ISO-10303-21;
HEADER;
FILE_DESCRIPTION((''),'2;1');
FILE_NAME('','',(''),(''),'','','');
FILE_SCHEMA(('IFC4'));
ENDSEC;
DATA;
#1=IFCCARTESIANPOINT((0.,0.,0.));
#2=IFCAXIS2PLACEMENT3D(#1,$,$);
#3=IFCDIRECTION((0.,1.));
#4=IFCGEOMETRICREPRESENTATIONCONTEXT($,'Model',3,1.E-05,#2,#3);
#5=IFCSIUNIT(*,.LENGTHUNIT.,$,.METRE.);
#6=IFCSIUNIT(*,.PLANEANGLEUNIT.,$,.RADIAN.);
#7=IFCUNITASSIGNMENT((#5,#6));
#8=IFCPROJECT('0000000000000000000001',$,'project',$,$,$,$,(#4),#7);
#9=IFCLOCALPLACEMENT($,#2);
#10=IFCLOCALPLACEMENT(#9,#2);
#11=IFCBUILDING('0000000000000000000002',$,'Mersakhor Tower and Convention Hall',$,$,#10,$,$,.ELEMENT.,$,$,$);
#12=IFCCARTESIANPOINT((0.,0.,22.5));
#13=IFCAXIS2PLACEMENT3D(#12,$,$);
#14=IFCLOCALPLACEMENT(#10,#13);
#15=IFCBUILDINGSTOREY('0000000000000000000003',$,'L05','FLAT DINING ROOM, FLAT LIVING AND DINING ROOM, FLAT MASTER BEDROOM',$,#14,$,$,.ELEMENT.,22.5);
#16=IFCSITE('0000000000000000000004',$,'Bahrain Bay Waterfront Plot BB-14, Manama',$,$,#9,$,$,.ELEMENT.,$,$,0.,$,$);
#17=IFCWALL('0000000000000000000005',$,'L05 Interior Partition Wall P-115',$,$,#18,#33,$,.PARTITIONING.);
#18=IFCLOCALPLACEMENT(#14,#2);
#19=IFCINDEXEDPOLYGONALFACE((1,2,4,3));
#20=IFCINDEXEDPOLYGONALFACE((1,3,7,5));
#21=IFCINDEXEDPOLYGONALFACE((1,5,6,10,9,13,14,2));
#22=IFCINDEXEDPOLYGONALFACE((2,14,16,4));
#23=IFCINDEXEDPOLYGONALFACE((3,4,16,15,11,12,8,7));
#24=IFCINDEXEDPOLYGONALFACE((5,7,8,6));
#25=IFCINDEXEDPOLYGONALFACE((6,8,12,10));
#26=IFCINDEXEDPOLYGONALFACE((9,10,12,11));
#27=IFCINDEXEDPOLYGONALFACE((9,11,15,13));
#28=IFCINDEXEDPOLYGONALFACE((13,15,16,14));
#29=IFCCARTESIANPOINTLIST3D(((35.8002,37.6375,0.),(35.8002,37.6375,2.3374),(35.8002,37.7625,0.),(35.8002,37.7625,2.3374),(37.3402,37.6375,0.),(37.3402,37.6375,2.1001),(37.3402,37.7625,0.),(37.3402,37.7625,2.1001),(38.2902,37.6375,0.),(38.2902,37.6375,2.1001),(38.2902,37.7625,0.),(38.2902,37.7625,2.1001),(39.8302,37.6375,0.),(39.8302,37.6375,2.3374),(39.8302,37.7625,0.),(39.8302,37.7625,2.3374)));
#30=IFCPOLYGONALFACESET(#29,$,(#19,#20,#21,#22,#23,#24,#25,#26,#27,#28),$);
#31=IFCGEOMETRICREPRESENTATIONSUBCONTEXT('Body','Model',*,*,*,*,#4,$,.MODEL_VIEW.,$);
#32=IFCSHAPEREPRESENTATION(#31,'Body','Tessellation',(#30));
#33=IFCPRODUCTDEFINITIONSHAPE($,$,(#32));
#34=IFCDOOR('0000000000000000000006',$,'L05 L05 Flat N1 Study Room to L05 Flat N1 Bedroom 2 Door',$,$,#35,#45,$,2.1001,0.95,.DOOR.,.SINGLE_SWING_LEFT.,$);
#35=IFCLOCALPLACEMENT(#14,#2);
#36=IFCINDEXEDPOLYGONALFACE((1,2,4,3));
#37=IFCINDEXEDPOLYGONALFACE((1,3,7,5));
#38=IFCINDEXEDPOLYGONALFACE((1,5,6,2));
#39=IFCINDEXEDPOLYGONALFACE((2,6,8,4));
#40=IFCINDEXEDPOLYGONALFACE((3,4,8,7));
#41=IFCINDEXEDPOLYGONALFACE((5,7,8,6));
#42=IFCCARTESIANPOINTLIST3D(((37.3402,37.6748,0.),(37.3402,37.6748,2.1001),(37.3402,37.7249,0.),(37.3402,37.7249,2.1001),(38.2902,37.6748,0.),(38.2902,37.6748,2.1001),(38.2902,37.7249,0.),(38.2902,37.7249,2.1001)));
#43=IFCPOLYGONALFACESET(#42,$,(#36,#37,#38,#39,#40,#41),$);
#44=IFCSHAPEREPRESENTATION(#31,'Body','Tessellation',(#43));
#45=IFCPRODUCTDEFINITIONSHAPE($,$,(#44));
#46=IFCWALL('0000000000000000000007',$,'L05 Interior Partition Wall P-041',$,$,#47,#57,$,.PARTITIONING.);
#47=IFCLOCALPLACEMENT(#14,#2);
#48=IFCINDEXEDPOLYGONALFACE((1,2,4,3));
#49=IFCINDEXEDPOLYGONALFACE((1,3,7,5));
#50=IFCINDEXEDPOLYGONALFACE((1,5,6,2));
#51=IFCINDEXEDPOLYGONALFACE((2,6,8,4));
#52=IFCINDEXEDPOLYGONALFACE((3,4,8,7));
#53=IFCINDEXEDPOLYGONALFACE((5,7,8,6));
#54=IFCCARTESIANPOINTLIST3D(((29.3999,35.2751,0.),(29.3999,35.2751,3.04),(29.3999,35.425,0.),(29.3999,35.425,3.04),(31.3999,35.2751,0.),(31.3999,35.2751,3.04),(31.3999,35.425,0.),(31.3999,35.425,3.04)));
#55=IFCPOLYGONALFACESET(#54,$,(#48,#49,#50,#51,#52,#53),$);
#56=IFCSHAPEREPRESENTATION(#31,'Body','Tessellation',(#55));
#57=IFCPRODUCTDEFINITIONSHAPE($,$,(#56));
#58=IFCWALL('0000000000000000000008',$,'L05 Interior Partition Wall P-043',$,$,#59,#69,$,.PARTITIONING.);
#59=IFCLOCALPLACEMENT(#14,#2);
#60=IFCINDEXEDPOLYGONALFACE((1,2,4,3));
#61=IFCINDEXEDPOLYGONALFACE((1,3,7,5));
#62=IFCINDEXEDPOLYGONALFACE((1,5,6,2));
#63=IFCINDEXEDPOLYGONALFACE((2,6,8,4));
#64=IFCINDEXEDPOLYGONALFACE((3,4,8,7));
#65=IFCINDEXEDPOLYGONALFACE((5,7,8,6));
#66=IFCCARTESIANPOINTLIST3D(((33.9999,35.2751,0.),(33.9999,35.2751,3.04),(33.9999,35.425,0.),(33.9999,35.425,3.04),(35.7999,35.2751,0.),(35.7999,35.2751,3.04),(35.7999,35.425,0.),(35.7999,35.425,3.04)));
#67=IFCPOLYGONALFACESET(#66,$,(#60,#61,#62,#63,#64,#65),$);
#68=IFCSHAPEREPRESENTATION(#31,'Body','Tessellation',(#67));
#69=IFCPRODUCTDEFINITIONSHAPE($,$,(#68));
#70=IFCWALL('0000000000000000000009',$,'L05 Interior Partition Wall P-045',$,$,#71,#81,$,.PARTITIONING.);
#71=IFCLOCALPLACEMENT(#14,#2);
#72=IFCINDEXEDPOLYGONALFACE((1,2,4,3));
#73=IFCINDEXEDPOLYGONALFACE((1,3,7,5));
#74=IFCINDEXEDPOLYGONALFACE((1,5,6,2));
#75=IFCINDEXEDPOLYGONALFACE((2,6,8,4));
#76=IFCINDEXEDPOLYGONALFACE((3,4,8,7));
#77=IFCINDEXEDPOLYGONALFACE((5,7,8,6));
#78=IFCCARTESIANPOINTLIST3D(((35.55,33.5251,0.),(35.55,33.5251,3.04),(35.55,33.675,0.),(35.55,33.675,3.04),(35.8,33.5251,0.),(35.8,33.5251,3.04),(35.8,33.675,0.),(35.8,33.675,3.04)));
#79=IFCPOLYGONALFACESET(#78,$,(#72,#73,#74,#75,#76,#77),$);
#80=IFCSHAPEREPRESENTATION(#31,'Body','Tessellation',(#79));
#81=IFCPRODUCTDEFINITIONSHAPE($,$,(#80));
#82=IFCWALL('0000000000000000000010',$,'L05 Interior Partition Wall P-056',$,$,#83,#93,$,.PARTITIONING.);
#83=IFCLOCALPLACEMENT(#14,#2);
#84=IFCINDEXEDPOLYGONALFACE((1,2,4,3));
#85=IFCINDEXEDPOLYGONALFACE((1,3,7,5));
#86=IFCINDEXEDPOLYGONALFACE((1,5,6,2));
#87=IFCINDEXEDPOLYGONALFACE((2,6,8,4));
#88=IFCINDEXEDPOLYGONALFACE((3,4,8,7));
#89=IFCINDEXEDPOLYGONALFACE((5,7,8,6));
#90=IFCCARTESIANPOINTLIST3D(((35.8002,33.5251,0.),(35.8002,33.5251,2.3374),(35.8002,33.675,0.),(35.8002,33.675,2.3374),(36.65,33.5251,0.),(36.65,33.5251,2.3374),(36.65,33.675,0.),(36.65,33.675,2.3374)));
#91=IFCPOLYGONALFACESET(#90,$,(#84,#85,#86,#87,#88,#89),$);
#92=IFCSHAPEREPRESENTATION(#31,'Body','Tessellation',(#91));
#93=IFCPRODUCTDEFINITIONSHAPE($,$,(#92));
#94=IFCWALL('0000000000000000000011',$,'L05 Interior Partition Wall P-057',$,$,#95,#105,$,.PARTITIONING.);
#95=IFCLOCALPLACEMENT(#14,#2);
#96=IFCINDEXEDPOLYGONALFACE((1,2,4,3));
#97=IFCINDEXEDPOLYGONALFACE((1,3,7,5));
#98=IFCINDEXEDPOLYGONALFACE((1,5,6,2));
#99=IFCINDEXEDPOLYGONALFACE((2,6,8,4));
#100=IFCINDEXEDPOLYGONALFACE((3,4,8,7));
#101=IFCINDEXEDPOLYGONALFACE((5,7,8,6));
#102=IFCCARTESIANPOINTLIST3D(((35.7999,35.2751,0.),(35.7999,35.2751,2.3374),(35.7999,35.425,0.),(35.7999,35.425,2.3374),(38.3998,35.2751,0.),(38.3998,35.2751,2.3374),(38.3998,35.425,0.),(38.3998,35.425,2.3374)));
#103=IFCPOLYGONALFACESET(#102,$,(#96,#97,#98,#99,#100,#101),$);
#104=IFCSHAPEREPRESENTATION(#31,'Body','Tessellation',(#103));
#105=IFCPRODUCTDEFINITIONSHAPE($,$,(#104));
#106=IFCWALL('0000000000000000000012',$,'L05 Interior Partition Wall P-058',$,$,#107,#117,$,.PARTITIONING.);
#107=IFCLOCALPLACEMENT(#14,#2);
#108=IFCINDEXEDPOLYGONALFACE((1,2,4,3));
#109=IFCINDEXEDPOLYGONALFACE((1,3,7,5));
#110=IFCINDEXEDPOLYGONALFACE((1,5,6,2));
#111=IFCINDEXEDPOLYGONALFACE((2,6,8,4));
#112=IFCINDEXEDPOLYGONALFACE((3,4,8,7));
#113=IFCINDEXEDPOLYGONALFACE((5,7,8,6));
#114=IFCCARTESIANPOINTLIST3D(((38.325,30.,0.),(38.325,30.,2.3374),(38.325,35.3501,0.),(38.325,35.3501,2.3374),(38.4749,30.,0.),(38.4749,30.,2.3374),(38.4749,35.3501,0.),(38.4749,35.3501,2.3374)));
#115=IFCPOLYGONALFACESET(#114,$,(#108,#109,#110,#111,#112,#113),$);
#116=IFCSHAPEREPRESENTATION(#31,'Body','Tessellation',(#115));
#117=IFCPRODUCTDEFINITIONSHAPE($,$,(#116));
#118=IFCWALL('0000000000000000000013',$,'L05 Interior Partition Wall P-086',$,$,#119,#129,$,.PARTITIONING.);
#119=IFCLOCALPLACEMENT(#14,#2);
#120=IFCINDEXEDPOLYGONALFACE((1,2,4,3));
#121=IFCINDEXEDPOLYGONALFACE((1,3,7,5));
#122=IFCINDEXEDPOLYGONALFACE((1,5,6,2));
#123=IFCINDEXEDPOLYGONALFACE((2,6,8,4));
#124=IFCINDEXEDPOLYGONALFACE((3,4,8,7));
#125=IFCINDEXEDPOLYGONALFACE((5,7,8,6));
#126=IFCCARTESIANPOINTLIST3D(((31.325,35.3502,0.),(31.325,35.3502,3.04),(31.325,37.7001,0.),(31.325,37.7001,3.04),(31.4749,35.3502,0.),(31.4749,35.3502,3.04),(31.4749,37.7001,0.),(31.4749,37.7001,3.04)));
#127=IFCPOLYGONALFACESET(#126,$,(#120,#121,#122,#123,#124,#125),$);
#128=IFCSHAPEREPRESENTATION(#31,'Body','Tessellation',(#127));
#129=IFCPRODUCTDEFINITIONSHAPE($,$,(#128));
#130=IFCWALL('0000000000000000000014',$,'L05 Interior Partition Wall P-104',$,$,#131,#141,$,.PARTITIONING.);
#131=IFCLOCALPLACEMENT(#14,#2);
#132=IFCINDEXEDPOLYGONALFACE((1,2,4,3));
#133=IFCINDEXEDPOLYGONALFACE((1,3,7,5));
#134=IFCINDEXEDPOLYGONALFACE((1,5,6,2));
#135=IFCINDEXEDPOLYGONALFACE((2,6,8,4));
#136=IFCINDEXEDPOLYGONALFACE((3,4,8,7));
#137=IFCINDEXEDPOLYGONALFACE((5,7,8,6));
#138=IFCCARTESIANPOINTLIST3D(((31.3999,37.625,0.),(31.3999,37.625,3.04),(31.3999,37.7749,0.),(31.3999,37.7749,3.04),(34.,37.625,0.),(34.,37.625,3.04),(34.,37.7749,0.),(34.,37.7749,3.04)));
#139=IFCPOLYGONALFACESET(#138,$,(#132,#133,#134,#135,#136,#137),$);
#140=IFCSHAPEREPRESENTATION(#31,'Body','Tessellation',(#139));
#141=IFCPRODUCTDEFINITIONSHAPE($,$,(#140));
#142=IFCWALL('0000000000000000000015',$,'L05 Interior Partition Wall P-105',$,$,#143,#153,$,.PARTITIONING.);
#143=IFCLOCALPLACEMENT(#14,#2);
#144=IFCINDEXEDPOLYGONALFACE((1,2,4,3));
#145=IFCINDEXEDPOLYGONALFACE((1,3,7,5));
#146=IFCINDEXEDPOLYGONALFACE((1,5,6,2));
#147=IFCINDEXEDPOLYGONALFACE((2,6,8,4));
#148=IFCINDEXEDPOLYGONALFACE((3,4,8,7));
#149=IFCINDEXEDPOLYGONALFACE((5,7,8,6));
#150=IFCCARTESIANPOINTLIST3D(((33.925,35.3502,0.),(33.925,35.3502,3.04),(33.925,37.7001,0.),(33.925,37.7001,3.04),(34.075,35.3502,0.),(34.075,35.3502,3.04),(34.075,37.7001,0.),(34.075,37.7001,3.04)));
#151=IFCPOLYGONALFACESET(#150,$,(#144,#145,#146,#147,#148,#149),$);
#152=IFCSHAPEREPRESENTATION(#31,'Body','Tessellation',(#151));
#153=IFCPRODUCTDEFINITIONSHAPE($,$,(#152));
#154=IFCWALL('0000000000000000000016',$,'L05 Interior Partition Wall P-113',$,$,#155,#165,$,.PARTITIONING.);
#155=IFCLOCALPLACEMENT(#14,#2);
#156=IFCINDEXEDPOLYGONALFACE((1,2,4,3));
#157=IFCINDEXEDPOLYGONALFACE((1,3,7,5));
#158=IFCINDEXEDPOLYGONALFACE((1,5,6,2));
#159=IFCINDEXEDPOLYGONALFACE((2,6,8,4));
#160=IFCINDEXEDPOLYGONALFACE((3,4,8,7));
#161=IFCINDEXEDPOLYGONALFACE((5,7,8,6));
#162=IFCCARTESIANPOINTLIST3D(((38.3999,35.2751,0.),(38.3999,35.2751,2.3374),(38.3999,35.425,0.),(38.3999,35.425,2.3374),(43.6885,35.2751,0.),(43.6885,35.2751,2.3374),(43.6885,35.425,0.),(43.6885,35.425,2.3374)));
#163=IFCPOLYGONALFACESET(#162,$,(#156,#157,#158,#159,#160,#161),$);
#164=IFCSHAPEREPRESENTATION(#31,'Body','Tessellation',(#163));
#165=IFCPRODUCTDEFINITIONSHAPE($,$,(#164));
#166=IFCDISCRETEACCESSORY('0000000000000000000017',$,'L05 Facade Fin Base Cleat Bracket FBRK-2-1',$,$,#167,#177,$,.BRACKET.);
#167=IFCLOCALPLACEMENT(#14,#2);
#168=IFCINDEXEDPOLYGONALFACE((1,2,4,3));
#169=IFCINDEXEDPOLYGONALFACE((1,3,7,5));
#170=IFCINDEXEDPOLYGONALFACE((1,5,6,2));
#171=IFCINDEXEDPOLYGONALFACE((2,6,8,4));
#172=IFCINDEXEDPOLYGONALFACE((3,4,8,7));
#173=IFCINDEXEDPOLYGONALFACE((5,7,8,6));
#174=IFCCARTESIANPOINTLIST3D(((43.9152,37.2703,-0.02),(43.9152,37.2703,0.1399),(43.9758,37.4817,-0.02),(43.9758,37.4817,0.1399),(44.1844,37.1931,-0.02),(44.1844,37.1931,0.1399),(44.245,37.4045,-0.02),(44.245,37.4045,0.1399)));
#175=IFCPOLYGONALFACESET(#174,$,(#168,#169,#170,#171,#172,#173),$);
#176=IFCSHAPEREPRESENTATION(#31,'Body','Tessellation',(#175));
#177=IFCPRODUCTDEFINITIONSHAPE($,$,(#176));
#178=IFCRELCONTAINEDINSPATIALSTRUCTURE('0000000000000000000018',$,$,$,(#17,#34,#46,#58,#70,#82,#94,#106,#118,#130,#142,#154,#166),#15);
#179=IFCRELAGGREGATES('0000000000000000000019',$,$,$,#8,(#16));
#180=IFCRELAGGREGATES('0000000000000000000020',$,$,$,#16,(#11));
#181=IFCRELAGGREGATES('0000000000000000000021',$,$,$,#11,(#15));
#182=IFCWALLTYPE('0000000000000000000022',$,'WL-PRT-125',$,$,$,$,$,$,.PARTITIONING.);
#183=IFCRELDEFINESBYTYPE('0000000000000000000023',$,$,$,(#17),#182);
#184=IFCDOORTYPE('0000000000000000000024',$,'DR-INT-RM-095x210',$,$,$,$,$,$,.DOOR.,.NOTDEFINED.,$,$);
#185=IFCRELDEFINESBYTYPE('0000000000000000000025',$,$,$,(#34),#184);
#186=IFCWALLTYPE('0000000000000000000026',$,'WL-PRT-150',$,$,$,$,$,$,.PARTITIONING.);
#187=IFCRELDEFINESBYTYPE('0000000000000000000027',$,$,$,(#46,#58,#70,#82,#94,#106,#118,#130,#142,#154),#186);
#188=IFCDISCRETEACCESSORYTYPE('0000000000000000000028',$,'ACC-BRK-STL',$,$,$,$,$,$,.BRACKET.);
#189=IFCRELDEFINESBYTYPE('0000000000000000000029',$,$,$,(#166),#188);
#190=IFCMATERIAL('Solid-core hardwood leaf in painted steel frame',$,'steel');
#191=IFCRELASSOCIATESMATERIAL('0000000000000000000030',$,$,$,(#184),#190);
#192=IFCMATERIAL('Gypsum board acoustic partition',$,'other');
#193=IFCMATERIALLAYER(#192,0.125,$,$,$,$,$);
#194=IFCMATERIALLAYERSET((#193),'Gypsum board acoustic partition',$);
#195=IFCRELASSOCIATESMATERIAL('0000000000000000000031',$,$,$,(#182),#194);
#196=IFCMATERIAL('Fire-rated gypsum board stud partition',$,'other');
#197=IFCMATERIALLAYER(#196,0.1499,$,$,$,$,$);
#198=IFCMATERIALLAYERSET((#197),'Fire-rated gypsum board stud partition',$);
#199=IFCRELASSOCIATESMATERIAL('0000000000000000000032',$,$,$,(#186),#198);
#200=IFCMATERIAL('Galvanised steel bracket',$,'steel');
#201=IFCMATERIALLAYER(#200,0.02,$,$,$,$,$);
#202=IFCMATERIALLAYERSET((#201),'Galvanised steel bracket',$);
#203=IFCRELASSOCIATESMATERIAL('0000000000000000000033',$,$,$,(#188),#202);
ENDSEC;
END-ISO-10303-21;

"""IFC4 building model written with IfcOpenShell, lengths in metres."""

from ifc_helpers import new_model, si_unit, direction, frame, frame_2d, origin, origin_2d, place, context, subcontext, project, spatial, rectangle, extrude, material, layer, layer_set, type_object, element, fill, save


model = new_model("IFC4")

# Units and contexts
model_context = context("Model", 3, precision=1e-05, world=origin(), true_north=direction((0.0, 1.0)))
body_context = subcontext(model_context, "Body", "Model", "MODEL_VIEW")
ifc_project = project(units=[si_unit("LENGTHUNIT", "METRE"), si_unit("PLANEANGLEUNIT", "RADIAN")], contexts=[model_context])

# Site, building, storey
site_placement = place(None, origin())
site = spatial("IfcSite", under=ifc_project, at=site_placement, Name="Bahrain Bay Waterfront Plot BB-14, Manama", CompositionType="ELEMENT", RefElevation=0.0)
building_placement = place(site_placement, origin())
building = spatial("IfcBuilding", under=site, at=building_placement, Name="Mersakhor Tower and Convention Hall", CompositionType="ELEMENT")
storey_placement = place(building_placement, frame((0.0, 0.0, 22.5)))
storey = spatial("IfcBuildingStorey", under=building, at=storey_placement, Name="L05", Description="FLAT DINING ROOM, FLAT LIVING AND DINING ROOM, FLAT MASTER BEDROOM", CompositionType="ELEMENT", Elevation=22.5)

# Shared definitions
ifc_material_1 = material(Name="Solid-core hardwood leaf in painted steel frame", Category="steel")
door_type_1 = type_object("IfcDoorType", Name="DR-INT-RM-095x210", OperationType="NOTDEFINED", PredefinedType="DOOR", material=ifc_material_1)

# Wall, opening, door
ifc_material_2 = material(Name="Gypsum board acoustic partition", Category="other")
ifc_layer_1 = layer(ifc_material_2, 0.125)
ifc_layer_set_1 = layer_set([ifc_layer_1], Name="Gypsum board acoustic partition")
wall_type_1 = type_object("IfcWallType", Name="WL-PRT-125", PredefinedType="PARTITIONING", material=ifc_layer_set_1)
wall_1_placement = place(storey_placement, frame((35.8, 37.7, 0.0), z_axis=(0.0, 0.0, 1.0), x_axis=(1.0, 0.0, 0.0)))
wall_1 = element("IfcWall", 1, at=wall_1_placement, inside=storey, type_object=wall_type_1, Name="L05 Interior Partition Wall P-115", PredefinedType="PARTITIONING", context=body_context, shape_type="SweptSolid", body=[
    extrude(rectangle(XDim=4.03, YDim=0.125, at=frame_2d((2.0151, 0.0))), origin(), (0.0, 0.0, 1.0), 2.3374),
])
opening_1_placement = place(wall_1_placement, frame((1.54, 0.0, 0.0)))
opening_1 = element("IfcOpeningElement", 2, at=opening_1_placement, cuts=wall_1, PredefinedType="OPENING", context=body_context, shape_type="SweptSolid", body=[
    extrude(rectangle(XDim=0.95, YDim=2.1001, at=frame_2d((0.4751, 1.05))), frame((0.0, 0.0725, 0.0), z_axis=(0.0, -1.0, 0.0), x_axis=(1.0, 0.0, 0.0)), (0.0, 0.0, 1.0), 0.145),
])
door_1_placement = place(opening_1_placement, origin())
door_1 = element("IfcDoor", 3, at=door_1_placement, inside=storey, type_object=door_type_1, Name="L05 L05 Flat N1 Study Room to L05 Flat N1 Bedroom 2 Door", OperationType="SINGLE_SWING_LEFT", OverallHeight=2.1001, OverallWidth=0.95, PredefinedType="DOOR", context=body_context, shape_type="SweptSolid", body=[
    extrude(rectangle(XDim=0.95, YDim=2.1001, at=frame_2d((0.4751, 1.05))), frame((0.0, 0.0249, 0.0), z_axis=(0.0, -1.0, 0.0), x_axis=(1.0, 0.0, 0.0)), (0.0, 0.0, 1.0), 0.05),
])
fill(opening_1, door_1)

# Wall
ifc_material_3 = material(Name="Fire-rated gypsum board stud partition", Category="other")
ifc_layer_2 = layer(ifc_material_3, 0.1499)
ifc_layer_set_2 = layer_set([ifc_layer_2], Name="Fire-rated gypsum board stud partition")
wall_type_2 = type_object("IfcWallType", Name="WL-PRT-150", PredefinedType="PARTITIONING", material=ifc_layer_set_2)
wall_2_placement = place(storey_placement, frame((29.3999, 35.3501, 0.0), z_axis=(0.0, 0.0, 1.0), x_axis=(1.0, 0.0, 0.0)))
element("IfcWall", 4, at=wall_2_placement, inside=storey, type_object=wall_type_2, Name="L05 Interior Partition Wall P-041", PredefinedType="PARTITIONING", context=body_context, shape_type="SweptSolid", body=[
    extrude(rectangle(XDim=2.0, YDim=0.1499, at=frame_2d((1.0, 0.0))), origin(), (0.0, 0.0, 1.0), 3.04),
])

# Wall
wall_3_placement = place(storey_placement, frame((34.0, 35.3501, 0.0), z_axis=(0.0, 0.0, 1.0), x_axis=(1.0, 0.0, 0.0)))
element("IfcWall", 5, at=wall_3_placement, inside=storey, type_object=wall_type_2, Name="L05 Interior Partition Wall P-043", PredefinedType="PARTITIONING", context=body_context, shape_type="SweptSolid", body=[
    extrude(rectangle(XDim=1.8, YDim=0.1499, at=frame_2d((0.8999, 0.0))), origin(), (0.0, 0.0, 1.0), 3.04),
])

# Walls
wall_4_placement = place(storey_placement, frame((35.8, 33.6001, 0.0), z_axis=(0.0, 0.0, 1.0), x_axis=(-1.0, 0.0, 0.0)))
element("IfcWall", 6, at=wall_4_placement, inside=storey, type_object=wall_type_2, Name="L05 Interior Partition Wall P-045", PredefinedType="PARTITIONING", context=body_context, shape_type="SweptSolid", body=[
    extrude(rectangle(XDim=0.25, YDim=0.1499, at=frame_2d((0.125, 0.0))), origin(), (0.0, 0.0, 1.0), 3.04),
])
wall_5_placement = place(storey_placement, frame((36.6499, 33.6001, 0.0), z_axis=(0.0, 0.0, 1.0), x_axis=(-1.0, 0.0, 0.0)))
element("IfcWall", 7, at=wall_5_placement, inside=storey, type_object=wall_type_2, Name="L05 Interior Partition Wall P-056", PredefinedType="PARTITIONING", context=body_context, shape_type="SweptSolid", body=[
    extrude(rectangle(XDim=0.8499, YDim=0.1499, at=frame_2d((0.4248, 0.0))), origin(), (0.0, 0.0, 1.0), 2.3374),
])
wall_6_placement = place(storey_placement, frame((35.8, 35.3501, 0.0), z_axis=(0.0, 0.0, 1.0), x_axis=(1.0, 0.0, 0.0)))
element("IfcWall", 8, at=wall_6_placement, inside=storey, type_object=wall_type_2, Name="L05 Interior Partition Wall P-057", PredefinedType="PARTITIONING", context=body_context, shape_type="SweptSolid", body=[
    extrude(rectangle(XDim=2.5999, YDim=0.1499, at=frame_2d((1.2998, 0.0))), origin(), (0.0, 0.0, 1.0), 2.3374),
])
wall_7_placement = place(storey_placement, frame((38.3999, 35.3501, 0.0), z_axis=(0.0, 0.0, 1.0), x_axis=(0.0, -1.0, 0.0)))
element("IfcWall", 9, at=wall_7_placement, inside=storey, type_object=wall_type_2, Name="L05 Interior Partition Wall P-058", PredefinedType="PARTITIONING", context=body_context, shape_type="SweptSolid", body=[
    extrude(rectangle(XDim=5.3501, YDim=0.1499, at=frame_2d((2.675, 0.0))), origin(), (0.0, 0.0, 1.0), 2.3374),
])
wall_8_placement = place(storey_placement, frame((31.3999, 37.7, 0.0), z_axis=(0.0, 0.0, 1.0), x_axis=(0.0, -1.0, 0.0)))
element("IfcWall", 10, at=wall_8_placement, inside=storey, type_object=wall_type_2, Name="L05 Interior Partition Wall P-086", PredefinedType="PARTITIONING", context=body_context, shape_type="SweptSolid", body=[
    extrude(rectangle(XDim=2.3499, YDim=0.1499, at=frame_2d((1.1748, 0.0))), origin(), (0.0, 0.0, 1.0), 3.04),
])
wall_9_placement = place(storey_placement, frame((31.3999, 37.7, 0.0), z_axis=(0.0, 0.0, 1.0), x_axis=(1.0, 0.0, 0.0)))
element("IfcWall", 11, at=wall_9_placement, inside=storey, type_object=wall_type_2, Name="L05 Interior Partition Wall P-104", PredefinedType="PARTITIONING", context=body_context, shape_type="SweptSolid", body=[
    extrude(rectangle(XDim=2.6001, YDim=0.1499, at=frame_2d((1.3, 0.0))), origin(), (0.0, 0.0, 1.0), 3.04),
])
wall_10_placement = place(storey_placement, frame((34.0, 37.7, 0.0), z_axis=(0.0, 0.0, 1.0), x_axis=(0.0, -1.0, 0.0)))
element("IfcWall", 12, at=wall_10_placement, inside=storey, type_object=wall_type_2, Name="L05 Interior Partition Wall P-105", PredefinedType="PARTITIONING", context=body_context, shape_type="SweptSolid", body=[
    extrude(rectangle(XDim=2.3499, YDim=0.1499, at=frame_2d((1.1748, 0.0))), origin(), (0.0, 0.0, 1.0), 3.04),
])
wall_11_placement = place(storey_placement, frame((43.6885, 35.3501, 0.0), z_axis=(0.0, 0.0, 1.0), x_axis=(-1.0, 0.0, 0.0)))
element("IfcWall", 13, at=wall_11_placement, inside=storey, type_object=wall_type_2, Name="L05 Interior Partition Wall P-113", PredefinedType="PARTITIONING", context=body_context, shape_type="SweptSolid", body=[
    extrude(rectangle(XDim=5.2886, YDim=0.1499, at=frame_2d((2.6443, 0.0))), origin(), (0.0, 0.0, 1.0), 2.3374),
])

# Discrete accessory
ifc_material_4 = material(Name="Galvanised steel bracket", Category="steel")
ifc_layer_3 = layer(ifc_material_4, 0.02)
ifc_layer_set_3 = layer_set([ifc_layer_3], Name="Galvanised steel bracket")
discrete_accessory_type = type_object("IfcDiscreteAccessoryType", Name="ACC-BRK-STL", PredefinedType="BRACKET", material=ifc_layer_set_3)
discrete_accessory_placement = place(storey_placement, frame((44.0801, 37.3374, -0.02), z_axis=(0.0, 0.0, 1.0), x_axis=(0.961262, -0.275637, 0.0)))
element("IfcDiscreteAccessory", 14, at=discrete_accessory_placement, inside=storey, type_object=discrete_accessory_type, Name="L05 Facade Fin Base Cleat Bracket FBRK-2-1", PredefinedType="BRACKET", context=body_context, shape_type="SweptSolid", body=[
    extrude(rectangle(XDim=0.28, YDim=0.22, at=origin_2d()), origin(), (0.0, 0.0, 1.0), 0.1599),
])

save(model, "model.ifc")
